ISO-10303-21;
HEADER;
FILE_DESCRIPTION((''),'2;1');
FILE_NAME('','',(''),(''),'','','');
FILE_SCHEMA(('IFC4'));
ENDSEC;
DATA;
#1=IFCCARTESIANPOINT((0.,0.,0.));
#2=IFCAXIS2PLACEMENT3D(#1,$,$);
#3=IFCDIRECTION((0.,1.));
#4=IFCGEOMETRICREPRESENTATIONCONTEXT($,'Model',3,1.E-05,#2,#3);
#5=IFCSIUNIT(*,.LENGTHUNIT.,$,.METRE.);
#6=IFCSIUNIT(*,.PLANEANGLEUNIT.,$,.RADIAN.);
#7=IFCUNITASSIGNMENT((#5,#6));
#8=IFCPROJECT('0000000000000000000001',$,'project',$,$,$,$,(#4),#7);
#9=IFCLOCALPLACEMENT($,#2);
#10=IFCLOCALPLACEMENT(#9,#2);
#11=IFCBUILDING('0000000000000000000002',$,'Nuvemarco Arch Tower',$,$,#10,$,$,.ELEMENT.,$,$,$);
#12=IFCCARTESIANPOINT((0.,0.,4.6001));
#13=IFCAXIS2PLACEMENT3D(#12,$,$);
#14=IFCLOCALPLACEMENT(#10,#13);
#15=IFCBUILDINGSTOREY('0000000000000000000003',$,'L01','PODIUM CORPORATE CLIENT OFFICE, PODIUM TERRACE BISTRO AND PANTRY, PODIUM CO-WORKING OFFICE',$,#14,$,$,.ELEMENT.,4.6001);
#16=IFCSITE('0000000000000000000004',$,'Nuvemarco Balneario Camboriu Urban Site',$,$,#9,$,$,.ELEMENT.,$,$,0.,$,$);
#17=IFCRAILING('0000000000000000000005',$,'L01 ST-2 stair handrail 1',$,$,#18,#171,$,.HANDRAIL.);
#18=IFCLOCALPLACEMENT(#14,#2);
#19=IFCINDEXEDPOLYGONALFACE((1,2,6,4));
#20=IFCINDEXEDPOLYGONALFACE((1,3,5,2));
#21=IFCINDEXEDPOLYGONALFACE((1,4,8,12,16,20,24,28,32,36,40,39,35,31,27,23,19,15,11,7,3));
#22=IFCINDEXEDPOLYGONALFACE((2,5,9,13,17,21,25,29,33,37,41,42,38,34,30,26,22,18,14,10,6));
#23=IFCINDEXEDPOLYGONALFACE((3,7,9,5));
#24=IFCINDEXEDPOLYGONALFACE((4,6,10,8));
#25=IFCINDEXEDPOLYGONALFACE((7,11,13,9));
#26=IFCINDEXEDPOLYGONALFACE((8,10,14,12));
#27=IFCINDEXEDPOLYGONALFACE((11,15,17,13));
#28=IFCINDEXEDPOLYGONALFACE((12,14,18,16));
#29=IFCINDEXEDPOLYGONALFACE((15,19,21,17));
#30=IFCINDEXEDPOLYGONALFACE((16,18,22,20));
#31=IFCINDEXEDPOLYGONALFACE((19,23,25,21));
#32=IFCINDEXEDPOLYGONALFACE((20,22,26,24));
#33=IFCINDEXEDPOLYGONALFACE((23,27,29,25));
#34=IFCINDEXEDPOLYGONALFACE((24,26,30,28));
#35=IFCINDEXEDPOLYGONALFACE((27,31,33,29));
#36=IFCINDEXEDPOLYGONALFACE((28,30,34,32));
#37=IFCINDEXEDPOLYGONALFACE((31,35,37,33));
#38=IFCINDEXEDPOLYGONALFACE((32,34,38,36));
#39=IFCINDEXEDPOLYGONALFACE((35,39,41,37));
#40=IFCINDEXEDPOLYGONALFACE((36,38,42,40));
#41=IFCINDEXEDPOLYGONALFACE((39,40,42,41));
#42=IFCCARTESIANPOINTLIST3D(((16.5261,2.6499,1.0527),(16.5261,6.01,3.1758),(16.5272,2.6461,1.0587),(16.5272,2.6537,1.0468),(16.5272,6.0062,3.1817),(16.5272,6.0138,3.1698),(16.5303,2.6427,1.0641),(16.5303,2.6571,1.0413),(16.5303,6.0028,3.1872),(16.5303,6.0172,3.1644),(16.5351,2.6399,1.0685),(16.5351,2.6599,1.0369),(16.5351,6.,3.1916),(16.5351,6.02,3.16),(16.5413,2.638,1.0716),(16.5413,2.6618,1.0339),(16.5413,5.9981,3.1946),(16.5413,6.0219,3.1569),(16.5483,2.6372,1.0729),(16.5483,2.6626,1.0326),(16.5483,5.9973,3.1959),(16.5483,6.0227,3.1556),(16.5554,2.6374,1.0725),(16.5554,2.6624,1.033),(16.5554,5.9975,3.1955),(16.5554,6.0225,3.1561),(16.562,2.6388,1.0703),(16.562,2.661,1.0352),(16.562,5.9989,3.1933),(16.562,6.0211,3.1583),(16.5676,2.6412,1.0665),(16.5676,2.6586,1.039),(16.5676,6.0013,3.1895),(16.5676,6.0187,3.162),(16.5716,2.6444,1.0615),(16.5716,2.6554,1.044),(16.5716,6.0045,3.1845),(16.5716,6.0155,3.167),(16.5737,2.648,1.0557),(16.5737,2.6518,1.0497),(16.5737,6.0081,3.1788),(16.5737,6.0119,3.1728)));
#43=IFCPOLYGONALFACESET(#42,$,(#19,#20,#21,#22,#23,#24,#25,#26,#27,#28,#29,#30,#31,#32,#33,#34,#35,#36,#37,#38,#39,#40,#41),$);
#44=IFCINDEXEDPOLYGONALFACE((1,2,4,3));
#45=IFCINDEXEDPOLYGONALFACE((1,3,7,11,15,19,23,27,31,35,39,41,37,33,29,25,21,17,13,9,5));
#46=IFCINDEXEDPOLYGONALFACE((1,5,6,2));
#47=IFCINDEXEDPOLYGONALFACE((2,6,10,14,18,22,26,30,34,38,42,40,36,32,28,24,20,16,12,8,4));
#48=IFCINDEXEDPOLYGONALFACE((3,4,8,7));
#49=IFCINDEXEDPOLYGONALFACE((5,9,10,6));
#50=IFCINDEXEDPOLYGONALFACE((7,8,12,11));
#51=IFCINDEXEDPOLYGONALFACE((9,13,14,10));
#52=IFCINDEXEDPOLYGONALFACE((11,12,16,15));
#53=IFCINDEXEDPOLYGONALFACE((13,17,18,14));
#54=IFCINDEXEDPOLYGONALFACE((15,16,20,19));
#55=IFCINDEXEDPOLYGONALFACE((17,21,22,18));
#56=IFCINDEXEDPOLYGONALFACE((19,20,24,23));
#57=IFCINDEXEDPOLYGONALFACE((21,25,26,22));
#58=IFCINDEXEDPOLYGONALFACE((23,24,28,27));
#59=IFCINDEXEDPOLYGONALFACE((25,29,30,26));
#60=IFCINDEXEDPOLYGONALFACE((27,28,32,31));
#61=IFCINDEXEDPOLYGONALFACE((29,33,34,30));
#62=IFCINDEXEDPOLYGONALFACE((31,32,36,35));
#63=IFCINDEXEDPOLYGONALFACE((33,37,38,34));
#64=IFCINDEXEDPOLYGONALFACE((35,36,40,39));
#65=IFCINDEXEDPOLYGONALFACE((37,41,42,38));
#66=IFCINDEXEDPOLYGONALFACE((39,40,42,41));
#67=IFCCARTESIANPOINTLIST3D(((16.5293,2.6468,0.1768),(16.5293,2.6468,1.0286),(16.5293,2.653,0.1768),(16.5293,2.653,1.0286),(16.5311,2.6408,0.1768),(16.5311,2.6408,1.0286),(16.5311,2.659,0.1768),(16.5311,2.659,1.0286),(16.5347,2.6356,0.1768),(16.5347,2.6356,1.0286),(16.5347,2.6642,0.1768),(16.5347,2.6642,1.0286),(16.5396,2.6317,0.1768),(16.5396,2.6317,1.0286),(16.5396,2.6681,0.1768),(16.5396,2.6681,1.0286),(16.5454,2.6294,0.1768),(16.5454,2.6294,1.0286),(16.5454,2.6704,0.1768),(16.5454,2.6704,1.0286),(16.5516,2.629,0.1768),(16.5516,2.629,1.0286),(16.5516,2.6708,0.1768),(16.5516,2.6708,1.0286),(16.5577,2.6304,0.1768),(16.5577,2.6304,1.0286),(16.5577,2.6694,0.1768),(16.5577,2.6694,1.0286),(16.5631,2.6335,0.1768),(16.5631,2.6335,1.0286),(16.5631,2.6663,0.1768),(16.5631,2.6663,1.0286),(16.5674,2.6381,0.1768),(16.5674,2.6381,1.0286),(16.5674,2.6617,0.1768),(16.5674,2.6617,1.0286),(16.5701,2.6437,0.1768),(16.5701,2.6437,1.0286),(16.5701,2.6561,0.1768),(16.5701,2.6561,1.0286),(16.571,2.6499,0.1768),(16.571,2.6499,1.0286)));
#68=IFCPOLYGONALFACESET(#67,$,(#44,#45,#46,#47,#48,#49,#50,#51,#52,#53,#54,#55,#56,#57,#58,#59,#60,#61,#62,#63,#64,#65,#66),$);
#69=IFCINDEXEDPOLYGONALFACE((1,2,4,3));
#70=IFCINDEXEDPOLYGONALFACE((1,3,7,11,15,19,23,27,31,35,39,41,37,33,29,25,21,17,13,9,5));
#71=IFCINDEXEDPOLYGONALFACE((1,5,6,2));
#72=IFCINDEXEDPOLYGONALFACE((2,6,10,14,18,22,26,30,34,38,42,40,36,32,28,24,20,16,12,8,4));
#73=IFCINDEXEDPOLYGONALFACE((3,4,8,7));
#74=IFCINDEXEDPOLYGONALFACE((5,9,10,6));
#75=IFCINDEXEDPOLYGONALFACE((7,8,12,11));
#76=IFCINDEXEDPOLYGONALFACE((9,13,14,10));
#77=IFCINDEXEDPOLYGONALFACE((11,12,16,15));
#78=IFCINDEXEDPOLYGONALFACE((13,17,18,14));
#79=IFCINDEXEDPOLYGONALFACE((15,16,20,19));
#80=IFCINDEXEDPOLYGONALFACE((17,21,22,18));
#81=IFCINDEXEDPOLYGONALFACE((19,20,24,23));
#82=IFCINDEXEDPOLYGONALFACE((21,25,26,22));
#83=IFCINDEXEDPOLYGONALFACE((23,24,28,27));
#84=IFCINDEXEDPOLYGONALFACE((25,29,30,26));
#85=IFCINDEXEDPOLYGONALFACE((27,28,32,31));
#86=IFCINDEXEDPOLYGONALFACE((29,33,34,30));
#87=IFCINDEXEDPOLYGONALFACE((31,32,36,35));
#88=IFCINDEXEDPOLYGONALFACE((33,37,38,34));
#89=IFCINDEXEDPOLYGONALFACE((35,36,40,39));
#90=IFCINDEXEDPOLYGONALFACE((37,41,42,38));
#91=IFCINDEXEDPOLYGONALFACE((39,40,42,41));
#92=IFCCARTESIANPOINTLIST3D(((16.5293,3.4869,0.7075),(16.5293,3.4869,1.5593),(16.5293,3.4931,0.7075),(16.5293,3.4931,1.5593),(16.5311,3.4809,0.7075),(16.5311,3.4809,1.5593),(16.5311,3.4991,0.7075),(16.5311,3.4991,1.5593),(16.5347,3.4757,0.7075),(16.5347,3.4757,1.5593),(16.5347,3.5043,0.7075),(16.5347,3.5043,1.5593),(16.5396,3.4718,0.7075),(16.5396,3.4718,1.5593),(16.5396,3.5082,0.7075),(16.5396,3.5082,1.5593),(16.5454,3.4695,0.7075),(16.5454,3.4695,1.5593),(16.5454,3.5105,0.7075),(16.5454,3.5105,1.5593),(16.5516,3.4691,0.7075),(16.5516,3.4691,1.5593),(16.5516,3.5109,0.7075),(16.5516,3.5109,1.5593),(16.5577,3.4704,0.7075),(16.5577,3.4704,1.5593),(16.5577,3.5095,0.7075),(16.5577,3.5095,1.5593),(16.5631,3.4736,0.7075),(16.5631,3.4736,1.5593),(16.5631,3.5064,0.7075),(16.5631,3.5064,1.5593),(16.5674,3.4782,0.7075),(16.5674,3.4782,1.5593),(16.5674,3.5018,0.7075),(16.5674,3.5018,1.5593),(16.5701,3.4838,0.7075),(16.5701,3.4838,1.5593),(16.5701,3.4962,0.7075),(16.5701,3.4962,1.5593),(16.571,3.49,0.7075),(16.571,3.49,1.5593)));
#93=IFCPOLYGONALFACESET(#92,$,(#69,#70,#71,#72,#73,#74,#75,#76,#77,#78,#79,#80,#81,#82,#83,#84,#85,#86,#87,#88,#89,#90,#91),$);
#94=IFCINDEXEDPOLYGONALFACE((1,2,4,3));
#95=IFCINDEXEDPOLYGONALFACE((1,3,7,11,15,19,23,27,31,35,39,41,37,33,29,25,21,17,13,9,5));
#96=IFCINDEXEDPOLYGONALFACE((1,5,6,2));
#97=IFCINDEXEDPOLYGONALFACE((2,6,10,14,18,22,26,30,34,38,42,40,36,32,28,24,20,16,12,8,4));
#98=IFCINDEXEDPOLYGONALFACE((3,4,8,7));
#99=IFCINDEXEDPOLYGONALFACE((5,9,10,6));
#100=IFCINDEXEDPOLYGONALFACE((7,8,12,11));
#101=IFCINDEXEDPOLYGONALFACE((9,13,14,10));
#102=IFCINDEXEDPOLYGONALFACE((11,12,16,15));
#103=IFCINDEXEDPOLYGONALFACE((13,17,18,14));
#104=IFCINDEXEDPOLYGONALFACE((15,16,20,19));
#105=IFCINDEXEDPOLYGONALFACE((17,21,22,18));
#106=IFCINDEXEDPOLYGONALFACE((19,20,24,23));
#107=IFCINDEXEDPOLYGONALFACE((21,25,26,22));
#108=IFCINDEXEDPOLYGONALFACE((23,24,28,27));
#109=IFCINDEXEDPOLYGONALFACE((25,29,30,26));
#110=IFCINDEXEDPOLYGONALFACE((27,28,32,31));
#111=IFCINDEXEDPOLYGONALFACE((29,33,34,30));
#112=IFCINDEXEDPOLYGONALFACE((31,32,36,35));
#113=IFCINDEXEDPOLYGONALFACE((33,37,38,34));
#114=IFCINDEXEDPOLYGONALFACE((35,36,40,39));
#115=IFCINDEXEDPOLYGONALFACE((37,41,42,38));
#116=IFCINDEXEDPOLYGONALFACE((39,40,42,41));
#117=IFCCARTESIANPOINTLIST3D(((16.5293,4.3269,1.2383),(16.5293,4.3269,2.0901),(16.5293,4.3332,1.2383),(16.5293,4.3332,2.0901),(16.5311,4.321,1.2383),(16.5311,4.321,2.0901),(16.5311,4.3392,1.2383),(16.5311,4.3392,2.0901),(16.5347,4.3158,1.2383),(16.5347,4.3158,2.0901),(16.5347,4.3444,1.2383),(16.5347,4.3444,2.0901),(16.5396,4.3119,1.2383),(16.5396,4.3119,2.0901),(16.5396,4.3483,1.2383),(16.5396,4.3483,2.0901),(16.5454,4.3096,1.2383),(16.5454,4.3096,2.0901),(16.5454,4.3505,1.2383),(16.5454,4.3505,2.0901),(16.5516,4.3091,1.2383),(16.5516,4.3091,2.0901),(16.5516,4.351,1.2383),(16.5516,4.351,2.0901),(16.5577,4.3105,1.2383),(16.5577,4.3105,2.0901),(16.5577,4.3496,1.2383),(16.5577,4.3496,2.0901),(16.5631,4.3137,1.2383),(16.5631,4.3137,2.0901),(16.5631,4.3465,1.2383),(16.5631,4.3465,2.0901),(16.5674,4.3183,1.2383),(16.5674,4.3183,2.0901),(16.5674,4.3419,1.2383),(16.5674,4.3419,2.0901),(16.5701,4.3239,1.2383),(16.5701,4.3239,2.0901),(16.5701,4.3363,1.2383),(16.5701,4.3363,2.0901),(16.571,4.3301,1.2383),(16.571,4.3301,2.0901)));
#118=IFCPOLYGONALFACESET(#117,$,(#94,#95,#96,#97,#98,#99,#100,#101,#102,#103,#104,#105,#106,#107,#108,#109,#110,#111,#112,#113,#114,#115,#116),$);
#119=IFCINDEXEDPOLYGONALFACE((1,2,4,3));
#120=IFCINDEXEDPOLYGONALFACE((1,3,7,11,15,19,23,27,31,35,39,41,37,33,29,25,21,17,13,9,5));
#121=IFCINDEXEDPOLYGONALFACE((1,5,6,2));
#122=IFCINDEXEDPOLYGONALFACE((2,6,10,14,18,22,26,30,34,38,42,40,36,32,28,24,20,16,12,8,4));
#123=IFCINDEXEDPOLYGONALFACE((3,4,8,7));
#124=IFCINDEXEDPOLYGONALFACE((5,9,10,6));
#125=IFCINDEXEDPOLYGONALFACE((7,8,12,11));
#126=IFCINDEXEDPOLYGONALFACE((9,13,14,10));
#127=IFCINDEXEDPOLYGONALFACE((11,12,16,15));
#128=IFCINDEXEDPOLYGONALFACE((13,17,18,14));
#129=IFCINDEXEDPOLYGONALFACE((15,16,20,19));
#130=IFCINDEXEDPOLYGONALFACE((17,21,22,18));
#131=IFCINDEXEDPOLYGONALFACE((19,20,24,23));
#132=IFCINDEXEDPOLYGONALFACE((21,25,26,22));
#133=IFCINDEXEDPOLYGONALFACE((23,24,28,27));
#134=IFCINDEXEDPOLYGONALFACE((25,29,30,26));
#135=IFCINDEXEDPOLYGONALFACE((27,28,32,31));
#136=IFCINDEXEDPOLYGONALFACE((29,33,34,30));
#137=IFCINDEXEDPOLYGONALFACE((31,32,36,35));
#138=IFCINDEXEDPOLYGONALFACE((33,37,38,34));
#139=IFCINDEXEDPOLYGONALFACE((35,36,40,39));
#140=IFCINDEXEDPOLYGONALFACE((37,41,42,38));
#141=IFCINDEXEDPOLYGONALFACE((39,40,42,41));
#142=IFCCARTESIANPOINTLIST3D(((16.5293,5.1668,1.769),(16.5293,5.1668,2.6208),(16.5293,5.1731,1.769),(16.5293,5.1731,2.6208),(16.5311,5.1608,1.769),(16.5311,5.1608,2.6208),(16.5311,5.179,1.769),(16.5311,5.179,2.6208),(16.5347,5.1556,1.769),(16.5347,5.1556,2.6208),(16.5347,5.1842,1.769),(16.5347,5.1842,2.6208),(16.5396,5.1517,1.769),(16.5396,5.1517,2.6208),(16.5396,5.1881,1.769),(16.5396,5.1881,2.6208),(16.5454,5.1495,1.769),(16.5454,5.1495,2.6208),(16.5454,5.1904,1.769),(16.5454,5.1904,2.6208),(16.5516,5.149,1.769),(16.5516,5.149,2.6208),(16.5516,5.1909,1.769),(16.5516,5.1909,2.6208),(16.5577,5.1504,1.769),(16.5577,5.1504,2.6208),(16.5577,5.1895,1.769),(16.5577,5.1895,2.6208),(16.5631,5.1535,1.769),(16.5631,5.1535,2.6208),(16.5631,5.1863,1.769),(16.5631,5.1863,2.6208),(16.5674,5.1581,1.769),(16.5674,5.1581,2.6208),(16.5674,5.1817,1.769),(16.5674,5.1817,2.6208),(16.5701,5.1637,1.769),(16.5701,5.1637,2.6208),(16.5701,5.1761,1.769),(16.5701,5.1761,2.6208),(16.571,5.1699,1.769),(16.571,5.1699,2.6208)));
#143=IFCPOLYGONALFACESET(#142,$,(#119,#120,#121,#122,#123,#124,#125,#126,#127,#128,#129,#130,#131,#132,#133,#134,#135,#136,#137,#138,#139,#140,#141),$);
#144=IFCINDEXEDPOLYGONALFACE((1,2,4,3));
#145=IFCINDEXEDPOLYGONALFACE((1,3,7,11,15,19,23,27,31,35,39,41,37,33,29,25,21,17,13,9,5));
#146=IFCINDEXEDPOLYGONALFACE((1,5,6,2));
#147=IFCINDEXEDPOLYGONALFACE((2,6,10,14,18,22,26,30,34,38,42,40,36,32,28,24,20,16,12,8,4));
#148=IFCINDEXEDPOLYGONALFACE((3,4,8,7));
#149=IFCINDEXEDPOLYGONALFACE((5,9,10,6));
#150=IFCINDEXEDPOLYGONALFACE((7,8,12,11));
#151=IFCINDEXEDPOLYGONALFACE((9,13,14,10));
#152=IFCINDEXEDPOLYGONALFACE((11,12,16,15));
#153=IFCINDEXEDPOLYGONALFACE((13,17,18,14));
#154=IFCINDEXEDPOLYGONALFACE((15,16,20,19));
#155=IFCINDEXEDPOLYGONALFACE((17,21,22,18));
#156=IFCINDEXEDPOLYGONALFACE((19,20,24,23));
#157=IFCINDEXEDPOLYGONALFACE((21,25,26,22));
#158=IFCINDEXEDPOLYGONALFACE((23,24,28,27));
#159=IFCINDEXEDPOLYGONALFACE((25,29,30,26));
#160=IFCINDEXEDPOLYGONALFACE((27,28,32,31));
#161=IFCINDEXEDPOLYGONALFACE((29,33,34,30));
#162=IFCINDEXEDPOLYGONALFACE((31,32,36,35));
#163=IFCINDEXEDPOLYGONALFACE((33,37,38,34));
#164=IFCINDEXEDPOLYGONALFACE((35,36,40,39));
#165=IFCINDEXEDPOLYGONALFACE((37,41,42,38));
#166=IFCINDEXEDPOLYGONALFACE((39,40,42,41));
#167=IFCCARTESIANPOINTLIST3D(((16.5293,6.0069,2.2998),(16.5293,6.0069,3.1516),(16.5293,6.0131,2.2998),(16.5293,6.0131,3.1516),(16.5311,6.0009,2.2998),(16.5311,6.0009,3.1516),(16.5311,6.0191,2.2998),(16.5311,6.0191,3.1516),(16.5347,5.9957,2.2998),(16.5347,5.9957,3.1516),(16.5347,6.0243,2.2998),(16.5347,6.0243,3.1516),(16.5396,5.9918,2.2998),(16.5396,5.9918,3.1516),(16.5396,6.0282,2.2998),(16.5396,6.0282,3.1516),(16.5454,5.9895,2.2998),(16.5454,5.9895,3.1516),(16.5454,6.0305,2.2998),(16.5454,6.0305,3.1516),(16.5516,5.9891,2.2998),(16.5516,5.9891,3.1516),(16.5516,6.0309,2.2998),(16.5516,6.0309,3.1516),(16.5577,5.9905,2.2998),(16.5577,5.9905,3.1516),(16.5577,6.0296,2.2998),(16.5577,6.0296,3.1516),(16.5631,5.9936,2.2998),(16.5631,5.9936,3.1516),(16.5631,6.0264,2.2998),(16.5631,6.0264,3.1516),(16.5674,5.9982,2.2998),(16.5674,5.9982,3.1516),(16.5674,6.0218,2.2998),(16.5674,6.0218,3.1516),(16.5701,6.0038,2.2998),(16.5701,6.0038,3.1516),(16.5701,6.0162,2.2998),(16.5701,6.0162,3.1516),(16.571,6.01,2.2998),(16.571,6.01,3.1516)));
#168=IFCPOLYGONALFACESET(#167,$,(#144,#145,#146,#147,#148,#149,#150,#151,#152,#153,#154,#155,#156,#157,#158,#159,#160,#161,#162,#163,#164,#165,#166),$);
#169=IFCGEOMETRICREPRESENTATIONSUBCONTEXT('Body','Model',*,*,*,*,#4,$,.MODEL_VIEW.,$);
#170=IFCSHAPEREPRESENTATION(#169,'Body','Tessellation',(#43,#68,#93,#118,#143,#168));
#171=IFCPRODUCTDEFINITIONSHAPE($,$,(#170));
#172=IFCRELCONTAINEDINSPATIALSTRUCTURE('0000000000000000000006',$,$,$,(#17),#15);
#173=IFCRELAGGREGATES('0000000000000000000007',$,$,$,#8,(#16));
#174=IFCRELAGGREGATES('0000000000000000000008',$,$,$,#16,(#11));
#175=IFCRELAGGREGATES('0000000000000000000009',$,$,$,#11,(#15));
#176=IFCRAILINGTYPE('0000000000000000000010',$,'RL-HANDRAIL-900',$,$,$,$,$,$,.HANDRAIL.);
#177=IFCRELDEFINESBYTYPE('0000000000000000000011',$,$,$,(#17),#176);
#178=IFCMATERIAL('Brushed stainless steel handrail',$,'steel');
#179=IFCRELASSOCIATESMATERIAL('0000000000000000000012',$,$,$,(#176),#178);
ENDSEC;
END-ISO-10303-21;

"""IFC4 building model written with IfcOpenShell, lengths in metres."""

from ifc_helpers import new_model, si_unit, direction, frame, origin, origin_2d, place, context, subcontext, project, spatial, circle, extrude, material, type_object, element, save


model = new_model("IFC4")

# Units and contexts
model_context = context("Model", 3, precision=1e-05, world=origin(), true_north=direction((0.0, 1.0)))
body_context = subcontext(model_context, "Body", "Model", "MODEL_VIEW")
ifc_project = project(units=[si_unit("LENGTHUNIT", "METRE"), si_unit("PLANEANGLEUNIT", "RADIAN")], contexts=[model_context])

# Site, building, storey
site_placement = place(None, origin())
site = spatial("IfcSite", under=ifc_project, at=site_placement, Name="Nuvemarco Balneario Camboriu Urban Site", CompositionType="ELEMENT", RefElevation=0.0)
building_placement = place(site_placement, origin())
building = spatial("IfcBuilding", under=site, at=building_placement, Name="Nuvemarco Arch Tower", CompositionType="ELEMENT")
storey_placement = place(building_placement, frame((0.0, 0.0, 4.6001)))
storey = spatial("IfcBuildingStorey", under=building, at=storey_placement, Name="L01", Description="PODIUM CORPORATE CLIENT OFFICE, PODIUM TERRACE BISTRO AND PANTRY, PODIUM CO-WORKING OFFICE", CompositionType="ELEMENT", Elevation=4.6001)

# Railing
ifc_material_1 = material(Name="Brushed stainless steel handrail", Category="steel")
railing_type_1 = type_object("IfcRailingType", Name="RL-HANDRAIL-900", PredefinedType="HANDRAIL", material=ifc_material_1)
railing_1_placement = place(storey_placement, frame((16.55, 2.6499, 0.1768)))
element("IfcRailing", 1, at=railing_1_placement, inside=storey, type_object=railing_type_1, Name="L01 ST-2 stair handrail 1", PredefinedType="HANDRAIL", context=body_context, shape_type="SweptSolid", body=[
    extrude(circle(Radius=0.0239, at=origin_2d()), frame((0.0, 0.0, 0.876), z_axis=(0.0, 0.84539, 0.53415), x_axis=(-1.0, 0.0, 0.0)), (0.0, 0.0, 1.0), 3.9746),
    extrude(circle(Radius=0.021, at=origin_2d()), origin(), (0.0, 0.0, 1.0), 0.8518),
    extrude(circle(Radius=0.021, at=origin_2d()), frame((0.0, 0.8401, 0.5308)), (0.0, 0.0, 1.0), 0.8518),
    extrude(circle(Radius=0.021, at=origin_2d()), frame((0.0, 1.6802, 1.0615)), (0.0, 0.0, 1.0), 0.8518),
    extrude(circle(Radius=0.021, at=origin_2d()), frame((0.0, 2.52, 1.5923)), (0.0, 0.0, 1.0), 0.8518),
    extrude(circle(Radius=0.021, at=origin_2d()), frame((0.0, 3.3601, 2.123)), (0.0, 0.0, 1.0), 0.8518),
])

save(model, "model.ifc")
